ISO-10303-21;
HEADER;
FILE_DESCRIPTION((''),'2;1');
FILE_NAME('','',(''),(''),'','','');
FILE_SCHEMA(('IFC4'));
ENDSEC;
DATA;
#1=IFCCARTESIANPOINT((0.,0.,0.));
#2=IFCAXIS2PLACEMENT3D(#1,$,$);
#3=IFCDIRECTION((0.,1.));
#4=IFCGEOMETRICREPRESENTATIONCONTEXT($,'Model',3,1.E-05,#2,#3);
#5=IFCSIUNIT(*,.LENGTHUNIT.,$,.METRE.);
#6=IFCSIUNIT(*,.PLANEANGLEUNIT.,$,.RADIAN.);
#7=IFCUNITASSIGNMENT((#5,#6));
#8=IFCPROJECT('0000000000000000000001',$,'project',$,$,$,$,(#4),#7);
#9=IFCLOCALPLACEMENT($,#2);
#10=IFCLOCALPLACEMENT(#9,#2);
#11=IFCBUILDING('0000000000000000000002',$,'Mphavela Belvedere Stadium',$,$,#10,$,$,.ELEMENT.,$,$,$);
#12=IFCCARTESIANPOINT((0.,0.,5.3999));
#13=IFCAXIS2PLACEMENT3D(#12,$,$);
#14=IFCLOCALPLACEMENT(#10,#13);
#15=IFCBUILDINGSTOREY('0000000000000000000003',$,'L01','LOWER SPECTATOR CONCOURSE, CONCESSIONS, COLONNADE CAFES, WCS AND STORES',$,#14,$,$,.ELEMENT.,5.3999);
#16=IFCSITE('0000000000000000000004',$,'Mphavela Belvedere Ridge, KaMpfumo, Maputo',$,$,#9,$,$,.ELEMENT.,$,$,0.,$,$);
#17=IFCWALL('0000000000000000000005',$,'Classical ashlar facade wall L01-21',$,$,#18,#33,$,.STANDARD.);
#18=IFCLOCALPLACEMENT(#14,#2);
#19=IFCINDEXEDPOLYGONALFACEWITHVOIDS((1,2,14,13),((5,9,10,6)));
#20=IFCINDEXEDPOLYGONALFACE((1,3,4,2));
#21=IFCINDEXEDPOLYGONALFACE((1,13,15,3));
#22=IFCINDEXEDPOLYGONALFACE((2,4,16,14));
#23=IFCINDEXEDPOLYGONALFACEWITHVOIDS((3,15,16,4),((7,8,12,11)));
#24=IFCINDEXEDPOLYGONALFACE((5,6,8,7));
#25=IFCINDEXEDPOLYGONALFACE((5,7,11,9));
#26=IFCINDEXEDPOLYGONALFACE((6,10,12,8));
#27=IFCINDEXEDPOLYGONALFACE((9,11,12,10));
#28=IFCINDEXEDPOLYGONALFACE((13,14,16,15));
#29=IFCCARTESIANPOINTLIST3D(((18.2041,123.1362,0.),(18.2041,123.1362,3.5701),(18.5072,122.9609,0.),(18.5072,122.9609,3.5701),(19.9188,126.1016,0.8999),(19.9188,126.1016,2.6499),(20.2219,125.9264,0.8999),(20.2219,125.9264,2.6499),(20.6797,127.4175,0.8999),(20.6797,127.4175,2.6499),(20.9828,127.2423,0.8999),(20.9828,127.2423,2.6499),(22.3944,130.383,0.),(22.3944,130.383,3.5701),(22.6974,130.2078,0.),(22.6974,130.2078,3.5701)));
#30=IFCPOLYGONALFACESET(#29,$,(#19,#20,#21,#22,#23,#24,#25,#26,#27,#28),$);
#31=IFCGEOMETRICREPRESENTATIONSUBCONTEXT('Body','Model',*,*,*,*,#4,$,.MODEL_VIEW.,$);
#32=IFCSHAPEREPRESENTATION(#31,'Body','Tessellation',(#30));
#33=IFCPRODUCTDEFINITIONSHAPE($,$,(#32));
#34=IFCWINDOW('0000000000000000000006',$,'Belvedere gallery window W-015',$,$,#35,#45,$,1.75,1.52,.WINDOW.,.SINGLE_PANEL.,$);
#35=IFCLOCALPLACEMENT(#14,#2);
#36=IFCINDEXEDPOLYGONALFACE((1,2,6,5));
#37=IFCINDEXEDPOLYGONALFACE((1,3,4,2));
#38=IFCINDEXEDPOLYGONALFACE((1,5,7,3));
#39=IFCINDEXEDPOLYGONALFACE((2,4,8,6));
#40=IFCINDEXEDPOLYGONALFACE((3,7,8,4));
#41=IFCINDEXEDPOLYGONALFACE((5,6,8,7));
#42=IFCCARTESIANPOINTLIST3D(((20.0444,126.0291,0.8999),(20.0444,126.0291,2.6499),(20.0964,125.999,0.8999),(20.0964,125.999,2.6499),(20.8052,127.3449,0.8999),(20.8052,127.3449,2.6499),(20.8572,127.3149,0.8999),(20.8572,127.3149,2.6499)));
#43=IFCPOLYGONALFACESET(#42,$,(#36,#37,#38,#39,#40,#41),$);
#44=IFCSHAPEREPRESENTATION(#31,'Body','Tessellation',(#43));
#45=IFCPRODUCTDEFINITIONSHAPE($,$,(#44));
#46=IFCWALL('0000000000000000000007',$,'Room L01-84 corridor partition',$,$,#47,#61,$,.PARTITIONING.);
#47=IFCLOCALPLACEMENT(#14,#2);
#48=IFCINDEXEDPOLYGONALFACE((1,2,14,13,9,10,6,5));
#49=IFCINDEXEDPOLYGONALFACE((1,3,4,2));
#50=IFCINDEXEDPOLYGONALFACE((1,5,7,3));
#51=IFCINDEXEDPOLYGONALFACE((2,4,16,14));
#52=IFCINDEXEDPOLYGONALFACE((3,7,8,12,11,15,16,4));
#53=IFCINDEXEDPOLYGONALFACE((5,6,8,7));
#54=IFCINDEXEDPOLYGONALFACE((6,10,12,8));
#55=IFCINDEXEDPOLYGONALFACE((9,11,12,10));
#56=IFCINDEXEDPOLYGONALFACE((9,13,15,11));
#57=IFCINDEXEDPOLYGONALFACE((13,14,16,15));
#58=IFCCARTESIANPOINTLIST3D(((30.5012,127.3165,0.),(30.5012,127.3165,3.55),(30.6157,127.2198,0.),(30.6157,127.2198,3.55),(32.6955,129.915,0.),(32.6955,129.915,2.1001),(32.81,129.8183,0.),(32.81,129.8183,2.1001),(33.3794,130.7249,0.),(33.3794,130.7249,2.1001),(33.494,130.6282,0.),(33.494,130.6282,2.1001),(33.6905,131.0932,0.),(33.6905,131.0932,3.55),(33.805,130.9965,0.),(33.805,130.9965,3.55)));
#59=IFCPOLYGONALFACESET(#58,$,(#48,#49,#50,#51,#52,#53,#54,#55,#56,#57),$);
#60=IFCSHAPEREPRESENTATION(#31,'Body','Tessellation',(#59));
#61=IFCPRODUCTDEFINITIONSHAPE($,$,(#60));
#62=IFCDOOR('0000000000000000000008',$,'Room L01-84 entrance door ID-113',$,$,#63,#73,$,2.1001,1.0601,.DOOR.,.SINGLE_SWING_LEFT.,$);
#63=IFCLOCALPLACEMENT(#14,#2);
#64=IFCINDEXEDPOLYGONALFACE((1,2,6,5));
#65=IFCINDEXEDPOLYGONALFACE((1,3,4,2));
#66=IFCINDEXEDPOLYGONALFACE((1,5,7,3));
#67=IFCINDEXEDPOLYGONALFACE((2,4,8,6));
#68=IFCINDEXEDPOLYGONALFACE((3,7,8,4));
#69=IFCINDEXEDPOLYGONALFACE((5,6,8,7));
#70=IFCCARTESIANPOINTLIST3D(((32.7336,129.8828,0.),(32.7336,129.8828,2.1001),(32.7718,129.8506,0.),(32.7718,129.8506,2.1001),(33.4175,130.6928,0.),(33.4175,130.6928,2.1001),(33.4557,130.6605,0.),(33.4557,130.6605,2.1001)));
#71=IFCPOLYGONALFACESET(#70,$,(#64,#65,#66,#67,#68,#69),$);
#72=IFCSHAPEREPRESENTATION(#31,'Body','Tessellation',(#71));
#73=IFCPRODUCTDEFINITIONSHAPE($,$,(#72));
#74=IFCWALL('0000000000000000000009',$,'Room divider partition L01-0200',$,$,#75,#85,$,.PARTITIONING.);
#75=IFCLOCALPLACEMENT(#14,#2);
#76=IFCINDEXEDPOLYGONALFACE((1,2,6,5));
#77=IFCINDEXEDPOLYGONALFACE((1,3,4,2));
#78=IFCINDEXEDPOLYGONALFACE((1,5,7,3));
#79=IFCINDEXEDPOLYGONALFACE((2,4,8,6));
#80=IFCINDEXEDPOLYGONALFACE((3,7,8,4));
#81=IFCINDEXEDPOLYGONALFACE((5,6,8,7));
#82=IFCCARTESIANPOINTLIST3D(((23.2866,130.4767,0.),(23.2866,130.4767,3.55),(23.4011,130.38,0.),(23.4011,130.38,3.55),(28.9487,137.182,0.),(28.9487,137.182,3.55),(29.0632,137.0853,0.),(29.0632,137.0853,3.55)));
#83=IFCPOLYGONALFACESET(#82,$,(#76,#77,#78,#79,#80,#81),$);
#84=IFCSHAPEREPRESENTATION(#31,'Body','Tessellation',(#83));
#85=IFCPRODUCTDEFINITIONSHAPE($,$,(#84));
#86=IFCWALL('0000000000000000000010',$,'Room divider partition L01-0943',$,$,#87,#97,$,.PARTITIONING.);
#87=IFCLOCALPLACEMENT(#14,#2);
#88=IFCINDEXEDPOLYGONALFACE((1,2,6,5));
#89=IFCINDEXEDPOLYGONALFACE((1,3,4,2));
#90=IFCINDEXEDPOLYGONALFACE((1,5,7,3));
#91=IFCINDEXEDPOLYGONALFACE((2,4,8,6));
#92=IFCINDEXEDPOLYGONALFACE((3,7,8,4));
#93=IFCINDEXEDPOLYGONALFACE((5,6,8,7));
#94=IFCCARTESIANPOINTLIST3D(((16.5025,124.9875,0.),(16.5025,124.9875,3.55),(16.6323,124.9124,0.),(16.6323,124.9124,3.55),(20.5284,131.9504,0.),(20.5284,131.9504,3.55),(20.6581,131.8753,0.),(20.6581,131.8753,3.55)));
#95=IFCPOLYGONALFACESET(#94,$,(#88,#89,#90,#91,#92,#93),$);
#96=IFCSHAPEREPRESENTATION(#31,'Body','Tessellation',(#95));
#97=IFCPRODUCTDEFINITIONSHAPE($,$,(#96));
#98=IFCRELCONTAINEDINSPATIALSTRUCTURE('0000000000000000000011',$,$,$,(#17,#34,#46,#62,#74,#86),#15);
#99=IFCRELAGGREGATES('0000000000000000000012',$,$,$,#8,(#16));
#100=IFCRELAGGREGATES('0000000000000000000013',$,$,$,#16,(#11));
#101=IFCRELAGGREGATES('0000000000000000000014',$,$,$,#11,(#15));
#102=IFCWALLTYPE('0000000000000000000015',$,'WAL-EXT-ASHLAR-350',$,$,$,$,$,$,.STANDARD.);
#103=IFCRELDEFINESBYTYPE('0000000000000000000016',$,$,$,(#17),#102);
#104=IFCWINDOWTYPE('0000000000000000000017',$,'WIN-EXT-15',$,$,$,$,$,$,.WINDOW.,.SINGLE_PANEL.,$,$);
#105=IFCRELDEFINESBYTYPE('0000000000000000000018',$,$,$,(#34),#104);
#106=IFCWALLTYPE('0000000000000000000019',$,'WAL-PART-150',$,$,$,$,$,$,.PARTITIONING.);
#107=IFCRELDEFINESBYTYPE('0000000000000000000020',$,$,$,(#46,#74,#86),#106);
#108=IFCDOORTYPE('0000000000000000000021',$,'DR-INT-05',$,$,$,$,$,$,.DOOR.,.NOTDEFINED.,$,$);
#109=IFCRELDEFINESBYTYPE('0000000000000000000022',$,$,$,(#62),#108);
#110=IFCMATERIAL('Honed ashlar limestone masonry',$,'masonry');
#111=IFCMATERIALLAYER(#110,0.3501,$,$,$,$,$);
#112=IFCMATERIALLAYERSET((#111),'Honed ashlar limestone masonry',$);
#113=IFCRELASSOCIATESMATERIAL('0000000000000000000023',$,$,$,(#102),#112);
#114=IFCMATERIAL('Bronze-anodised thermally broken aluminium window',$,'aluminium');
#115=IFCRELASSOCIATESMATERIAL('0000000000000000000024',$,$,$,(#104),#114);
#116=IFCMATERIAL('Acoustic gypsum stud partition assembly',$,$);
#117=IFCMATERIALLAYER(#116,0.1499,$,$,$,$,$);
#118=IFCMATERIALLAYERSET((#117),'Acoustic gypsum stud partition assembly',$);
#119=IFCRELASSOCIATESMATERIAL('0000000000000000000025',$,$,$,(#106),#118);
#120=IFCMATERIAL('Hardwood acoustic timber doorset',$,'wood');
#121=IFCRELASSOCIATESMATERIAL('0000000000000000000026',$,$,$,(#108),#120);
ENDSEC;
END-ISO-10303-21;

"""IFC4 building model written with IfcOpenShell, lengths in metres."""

from ifc_helpers import new_model, si_unit, direction, frame, frame_2d, origin, place, context, subcontext, project, spatial, rectangle, extrude, material, layer, layer_set, type_object, element, fill, save


model = new_model("IFC4")

# Units and contexts
model_context = context("Model", 3, precision=1e-05, world=origin(), true_north=direction((0.0, 1.0)))
body_context = subcontext(model_context, "Body", "Model", "MODEL_VIEW")
ifc_project = project(units=[si_unit("LENGTHUNIT", "METRE"), si_unit("PLANEANGLEUNIT", "RADIAN")], contexts=[model_context])

# Site, building, storey
site_placement = place(None, origin())
site = spatial("IfcSite", under=ifc_project, at=site_placement, Name="Mphavela Belvedere Ridge, KaMpfumo, Maputo", CompositionType="ELEMENT", RefElevation=0.0)
building_placement = place(site_placement, origin())
building = spatial("IfcBuilding", under=site, at=building_placement, Name="Mphavela Belvedere Stadium", CompositionType="ELEMENT")
storey_placement = place(building_placement, frame((0.0, 0.0, 5.3999)))
storey = spatial("IfcBuildingStorey", under=building, at=storey_placement, Name="L01", Description="LOWER SPECTATOR CONCOURSE, CONCESSIONS, COLONNADE CAFES, WCS AND STORES", CompositionType="ELEMENT", Elevation=5.3999)

# Wall, opening, window
ifc_material_1 = material(Name="Honed ashlar limestone masonry", Category="masonry")
ifc_layer_1 = layer(ifc_material_1, 0.3501)
ifc_layer_set_1 = layer_set([ifc_layer_1], Name="Honed ashlar limestone masonry")
wall_type_1 = type_object("IfcWallType", Name="WAL-EXT-ASHLAR-350", PredefinedType="STANDARD", material=ifc_layer_set_1)
wall_1_placement = place(storey_placement, frame((22.5459, 130.2954, 0.0), z_axis=(0.0, 0.0, 1.0), x_axis=(-0.500558, -0.865703, 0.0)))
wall_1 = element("IfcWall", 1, at=wall_1_placement, inside=storey, type_object=wall_type_1, Name="Classical ashlar facade wall L01-21", PredefinedType="STANDARD", context=body_context, shape_type="SweptSolid", body=[
    extrude(rectangle(XDim=8.3711, YDim=0.3501, at=frame_2d((4.1855, 0.0))), origin(), (0.0, 0.0, 1.0), 3.5701),
])
opening_1_placement = place(wall_1_placement, frame((3.4255, 0.0, 0.8999)))
opening_1 = element("IfcOpeningElement", 2, at=opening_1_placement, cuts=wall_1, PredefinedType="OPENING", context=body_context, shape_type="SweptSolid", body=[
    extrude(rectangle(XDim=1.52, YDim=1.75, at=frame_2d((0.76, 0.875))), frame((0.0, 0.1851, 0.0), z_axis=(0.0, -1.0, 0.0), x_axis=(1.0, 0.0, 0.0)), (0.0, 0.0, 1.0), 0.3701),
])
ifc_material_2 = material(Name="Bronze-anodised thermally broken aluminium window", Category="aluminium")
window_type = type_object("IfcWindowType", Name="WIN-EXT-15", PartitioningType="SINGLE_PANEL", PredefinedType="WINDOW", material=ifc_material_2)
window_placement = place(opening_1_placement, origin())
window = element("IfcWindow", 3, at=window_placement, inside=storey, type_object=window_type, Name="Belvedere gallery window W-015", OverallHeight=1.75, OverallWidth=1.52, PartitioningType="SINGLE_PANEL", PredefinedType="WINDOW", context=body_context, shape_type="SweptSolid", body=[
    extrude(rectangle(XDim=1.52, YDim=1.75, at=frame_2d((0.76, 0.875))), frame((0.0, 0.03, 0.0), z_axis=(0.0, -1.0, 0.0), x_axis=(1.0, 0.0, 0.0)), (0.0, 0.0, 1.0), 0.0601),
])
fill(opening_1, window)

# Wall, opening, door
ifc_material_3 = material(Name="Acoustic gypsum stud partition assembly")
ifc_layer_2 = layer(ifc_material_3, 0.1499)
ifc_layer_set_2 = layer_set([ifc_layer_2], Name="Acoustic gypsum stud partition assembly")
wall_type_2 = type_object("IfcWallType", Name="WAL-PART-150", PredefinedType="PARTITIONING", material=ifc_layer_set_2)
wall_2_placement = place(storey_placement, frame((33.7478, 131.0449, 0.0), z_axis=(0.0, 0.0, 1.0), x_axis=(-0.645189, -0.764023, 0.0)))
wall_2 = element("IfcWall", 4, at=wall_2_placement, inside=storey, type_object=wall_type_2, Name="Room L01-84 corridor partition", PredefinedType="PARTITIONING", context=body_context, shape_type="SweptSolid", body=[
    extrude(rectangle(XDim=4.9431, YDim=0.1499, at=frame_2d((2.4717, 0.0))), origin(), (0.0, 0.0, 1.0), 3.55),
])
opening_2_placement = place(wall_2_placement, frame((0.4822, 0.0, 0.0)))
opening_2 = element("IfcOpeningElement", 5, at=opening_2_placement, cuts=wall_2, PredefinedType="OPENING", context=body_context, shape_type="SweptSolid", body=[
    extrude(rectangle(XDim=1.0601, YDim=2.1001, at=frame_2d((0.53, 1.05))), frame((0.0, 0.085, 0.0), z_axis=(0.0, -1.0, 0.0), x_axis=(1.0, 0.0, 0.0)), (0.0, 0.0, 1.0), 0.1699),
])
ifc_material_4 = material(Name="Hardwood acoustic timber doorset", Category="wood")
door_type = type_object("IfcDoorType", Name="DR-INT-05", OperationType="NOTDEFINED", PredefinedType="DOOR", material=ifc_material_4)
door_placement = place(opening_2_placement, origin())
door = element("IfcDoor", 6, at=door_placement, inside=storey, type_object=door_type, Name="Room L01-84 entrance door ID-113", OperationType="SINGLE_SWING_LEFT", OverallHeight=2.1001, OverallWidth=1.0601, PredefinedType="DOOR", context=body_context, shape_type="SweptSolid", body=[
    extrude(rectangle(XDim=1.0601, YDim=2.1001, at=frame_2d((0.53, 1.05))), frame((0.0, 0.0249, 0.0), z_axis=(0.0, -1.0, 0.0), x_axis=(1.0, 0.0, 0.0)), (0.0, 0.0, 1.0), 0.05),
])
fill(opening_2, door)

# Walls
wall_3_placement = place(storey_placement, frame((23.3438, 130.4282, 0.0), z_axis=(0.0, 0.0, 1.0), x_axis=(0.64517, 0.764039, 0.0)))
element("IfcWall", 7, at=wall_3_placement, inside=storey, type_object=wall_type_2, Name="Room divider partition L01-0200", PredefinedType="PARTITIONING", context=body_context, shape_type="SweptSolid", body=[
    extrude(rectangle(XDim=8.7761, YDim=0.1499, at=frame_2d((4.3882, 0.0))), origin(), (0.0, 0.0, 1.0), 3.55),
])
wall_4_placement = place(storey_placement, frame((20.5933, 131.9128, 0.0), z_axis=(0.0, 0.0, 1.0), x_axis=(-0.500546, -0.86571, 0.0)))
element("IfcWall", 8, at=wall_4_placement, inside=storey, type_object=wall_type_2, Name="Room divider partition L01-0943", PredefinedType="PARTITIONING", context=body_context, shape_type="SweptSolid", body=[
    extrude(rectangle(XDim=8.043, YDim=0.1499, at=frame_2d((4.0215, 0.0))), origin(), (0.0, 0.0, 1.0), 3.55),
])

save(model, "model.ifc")
